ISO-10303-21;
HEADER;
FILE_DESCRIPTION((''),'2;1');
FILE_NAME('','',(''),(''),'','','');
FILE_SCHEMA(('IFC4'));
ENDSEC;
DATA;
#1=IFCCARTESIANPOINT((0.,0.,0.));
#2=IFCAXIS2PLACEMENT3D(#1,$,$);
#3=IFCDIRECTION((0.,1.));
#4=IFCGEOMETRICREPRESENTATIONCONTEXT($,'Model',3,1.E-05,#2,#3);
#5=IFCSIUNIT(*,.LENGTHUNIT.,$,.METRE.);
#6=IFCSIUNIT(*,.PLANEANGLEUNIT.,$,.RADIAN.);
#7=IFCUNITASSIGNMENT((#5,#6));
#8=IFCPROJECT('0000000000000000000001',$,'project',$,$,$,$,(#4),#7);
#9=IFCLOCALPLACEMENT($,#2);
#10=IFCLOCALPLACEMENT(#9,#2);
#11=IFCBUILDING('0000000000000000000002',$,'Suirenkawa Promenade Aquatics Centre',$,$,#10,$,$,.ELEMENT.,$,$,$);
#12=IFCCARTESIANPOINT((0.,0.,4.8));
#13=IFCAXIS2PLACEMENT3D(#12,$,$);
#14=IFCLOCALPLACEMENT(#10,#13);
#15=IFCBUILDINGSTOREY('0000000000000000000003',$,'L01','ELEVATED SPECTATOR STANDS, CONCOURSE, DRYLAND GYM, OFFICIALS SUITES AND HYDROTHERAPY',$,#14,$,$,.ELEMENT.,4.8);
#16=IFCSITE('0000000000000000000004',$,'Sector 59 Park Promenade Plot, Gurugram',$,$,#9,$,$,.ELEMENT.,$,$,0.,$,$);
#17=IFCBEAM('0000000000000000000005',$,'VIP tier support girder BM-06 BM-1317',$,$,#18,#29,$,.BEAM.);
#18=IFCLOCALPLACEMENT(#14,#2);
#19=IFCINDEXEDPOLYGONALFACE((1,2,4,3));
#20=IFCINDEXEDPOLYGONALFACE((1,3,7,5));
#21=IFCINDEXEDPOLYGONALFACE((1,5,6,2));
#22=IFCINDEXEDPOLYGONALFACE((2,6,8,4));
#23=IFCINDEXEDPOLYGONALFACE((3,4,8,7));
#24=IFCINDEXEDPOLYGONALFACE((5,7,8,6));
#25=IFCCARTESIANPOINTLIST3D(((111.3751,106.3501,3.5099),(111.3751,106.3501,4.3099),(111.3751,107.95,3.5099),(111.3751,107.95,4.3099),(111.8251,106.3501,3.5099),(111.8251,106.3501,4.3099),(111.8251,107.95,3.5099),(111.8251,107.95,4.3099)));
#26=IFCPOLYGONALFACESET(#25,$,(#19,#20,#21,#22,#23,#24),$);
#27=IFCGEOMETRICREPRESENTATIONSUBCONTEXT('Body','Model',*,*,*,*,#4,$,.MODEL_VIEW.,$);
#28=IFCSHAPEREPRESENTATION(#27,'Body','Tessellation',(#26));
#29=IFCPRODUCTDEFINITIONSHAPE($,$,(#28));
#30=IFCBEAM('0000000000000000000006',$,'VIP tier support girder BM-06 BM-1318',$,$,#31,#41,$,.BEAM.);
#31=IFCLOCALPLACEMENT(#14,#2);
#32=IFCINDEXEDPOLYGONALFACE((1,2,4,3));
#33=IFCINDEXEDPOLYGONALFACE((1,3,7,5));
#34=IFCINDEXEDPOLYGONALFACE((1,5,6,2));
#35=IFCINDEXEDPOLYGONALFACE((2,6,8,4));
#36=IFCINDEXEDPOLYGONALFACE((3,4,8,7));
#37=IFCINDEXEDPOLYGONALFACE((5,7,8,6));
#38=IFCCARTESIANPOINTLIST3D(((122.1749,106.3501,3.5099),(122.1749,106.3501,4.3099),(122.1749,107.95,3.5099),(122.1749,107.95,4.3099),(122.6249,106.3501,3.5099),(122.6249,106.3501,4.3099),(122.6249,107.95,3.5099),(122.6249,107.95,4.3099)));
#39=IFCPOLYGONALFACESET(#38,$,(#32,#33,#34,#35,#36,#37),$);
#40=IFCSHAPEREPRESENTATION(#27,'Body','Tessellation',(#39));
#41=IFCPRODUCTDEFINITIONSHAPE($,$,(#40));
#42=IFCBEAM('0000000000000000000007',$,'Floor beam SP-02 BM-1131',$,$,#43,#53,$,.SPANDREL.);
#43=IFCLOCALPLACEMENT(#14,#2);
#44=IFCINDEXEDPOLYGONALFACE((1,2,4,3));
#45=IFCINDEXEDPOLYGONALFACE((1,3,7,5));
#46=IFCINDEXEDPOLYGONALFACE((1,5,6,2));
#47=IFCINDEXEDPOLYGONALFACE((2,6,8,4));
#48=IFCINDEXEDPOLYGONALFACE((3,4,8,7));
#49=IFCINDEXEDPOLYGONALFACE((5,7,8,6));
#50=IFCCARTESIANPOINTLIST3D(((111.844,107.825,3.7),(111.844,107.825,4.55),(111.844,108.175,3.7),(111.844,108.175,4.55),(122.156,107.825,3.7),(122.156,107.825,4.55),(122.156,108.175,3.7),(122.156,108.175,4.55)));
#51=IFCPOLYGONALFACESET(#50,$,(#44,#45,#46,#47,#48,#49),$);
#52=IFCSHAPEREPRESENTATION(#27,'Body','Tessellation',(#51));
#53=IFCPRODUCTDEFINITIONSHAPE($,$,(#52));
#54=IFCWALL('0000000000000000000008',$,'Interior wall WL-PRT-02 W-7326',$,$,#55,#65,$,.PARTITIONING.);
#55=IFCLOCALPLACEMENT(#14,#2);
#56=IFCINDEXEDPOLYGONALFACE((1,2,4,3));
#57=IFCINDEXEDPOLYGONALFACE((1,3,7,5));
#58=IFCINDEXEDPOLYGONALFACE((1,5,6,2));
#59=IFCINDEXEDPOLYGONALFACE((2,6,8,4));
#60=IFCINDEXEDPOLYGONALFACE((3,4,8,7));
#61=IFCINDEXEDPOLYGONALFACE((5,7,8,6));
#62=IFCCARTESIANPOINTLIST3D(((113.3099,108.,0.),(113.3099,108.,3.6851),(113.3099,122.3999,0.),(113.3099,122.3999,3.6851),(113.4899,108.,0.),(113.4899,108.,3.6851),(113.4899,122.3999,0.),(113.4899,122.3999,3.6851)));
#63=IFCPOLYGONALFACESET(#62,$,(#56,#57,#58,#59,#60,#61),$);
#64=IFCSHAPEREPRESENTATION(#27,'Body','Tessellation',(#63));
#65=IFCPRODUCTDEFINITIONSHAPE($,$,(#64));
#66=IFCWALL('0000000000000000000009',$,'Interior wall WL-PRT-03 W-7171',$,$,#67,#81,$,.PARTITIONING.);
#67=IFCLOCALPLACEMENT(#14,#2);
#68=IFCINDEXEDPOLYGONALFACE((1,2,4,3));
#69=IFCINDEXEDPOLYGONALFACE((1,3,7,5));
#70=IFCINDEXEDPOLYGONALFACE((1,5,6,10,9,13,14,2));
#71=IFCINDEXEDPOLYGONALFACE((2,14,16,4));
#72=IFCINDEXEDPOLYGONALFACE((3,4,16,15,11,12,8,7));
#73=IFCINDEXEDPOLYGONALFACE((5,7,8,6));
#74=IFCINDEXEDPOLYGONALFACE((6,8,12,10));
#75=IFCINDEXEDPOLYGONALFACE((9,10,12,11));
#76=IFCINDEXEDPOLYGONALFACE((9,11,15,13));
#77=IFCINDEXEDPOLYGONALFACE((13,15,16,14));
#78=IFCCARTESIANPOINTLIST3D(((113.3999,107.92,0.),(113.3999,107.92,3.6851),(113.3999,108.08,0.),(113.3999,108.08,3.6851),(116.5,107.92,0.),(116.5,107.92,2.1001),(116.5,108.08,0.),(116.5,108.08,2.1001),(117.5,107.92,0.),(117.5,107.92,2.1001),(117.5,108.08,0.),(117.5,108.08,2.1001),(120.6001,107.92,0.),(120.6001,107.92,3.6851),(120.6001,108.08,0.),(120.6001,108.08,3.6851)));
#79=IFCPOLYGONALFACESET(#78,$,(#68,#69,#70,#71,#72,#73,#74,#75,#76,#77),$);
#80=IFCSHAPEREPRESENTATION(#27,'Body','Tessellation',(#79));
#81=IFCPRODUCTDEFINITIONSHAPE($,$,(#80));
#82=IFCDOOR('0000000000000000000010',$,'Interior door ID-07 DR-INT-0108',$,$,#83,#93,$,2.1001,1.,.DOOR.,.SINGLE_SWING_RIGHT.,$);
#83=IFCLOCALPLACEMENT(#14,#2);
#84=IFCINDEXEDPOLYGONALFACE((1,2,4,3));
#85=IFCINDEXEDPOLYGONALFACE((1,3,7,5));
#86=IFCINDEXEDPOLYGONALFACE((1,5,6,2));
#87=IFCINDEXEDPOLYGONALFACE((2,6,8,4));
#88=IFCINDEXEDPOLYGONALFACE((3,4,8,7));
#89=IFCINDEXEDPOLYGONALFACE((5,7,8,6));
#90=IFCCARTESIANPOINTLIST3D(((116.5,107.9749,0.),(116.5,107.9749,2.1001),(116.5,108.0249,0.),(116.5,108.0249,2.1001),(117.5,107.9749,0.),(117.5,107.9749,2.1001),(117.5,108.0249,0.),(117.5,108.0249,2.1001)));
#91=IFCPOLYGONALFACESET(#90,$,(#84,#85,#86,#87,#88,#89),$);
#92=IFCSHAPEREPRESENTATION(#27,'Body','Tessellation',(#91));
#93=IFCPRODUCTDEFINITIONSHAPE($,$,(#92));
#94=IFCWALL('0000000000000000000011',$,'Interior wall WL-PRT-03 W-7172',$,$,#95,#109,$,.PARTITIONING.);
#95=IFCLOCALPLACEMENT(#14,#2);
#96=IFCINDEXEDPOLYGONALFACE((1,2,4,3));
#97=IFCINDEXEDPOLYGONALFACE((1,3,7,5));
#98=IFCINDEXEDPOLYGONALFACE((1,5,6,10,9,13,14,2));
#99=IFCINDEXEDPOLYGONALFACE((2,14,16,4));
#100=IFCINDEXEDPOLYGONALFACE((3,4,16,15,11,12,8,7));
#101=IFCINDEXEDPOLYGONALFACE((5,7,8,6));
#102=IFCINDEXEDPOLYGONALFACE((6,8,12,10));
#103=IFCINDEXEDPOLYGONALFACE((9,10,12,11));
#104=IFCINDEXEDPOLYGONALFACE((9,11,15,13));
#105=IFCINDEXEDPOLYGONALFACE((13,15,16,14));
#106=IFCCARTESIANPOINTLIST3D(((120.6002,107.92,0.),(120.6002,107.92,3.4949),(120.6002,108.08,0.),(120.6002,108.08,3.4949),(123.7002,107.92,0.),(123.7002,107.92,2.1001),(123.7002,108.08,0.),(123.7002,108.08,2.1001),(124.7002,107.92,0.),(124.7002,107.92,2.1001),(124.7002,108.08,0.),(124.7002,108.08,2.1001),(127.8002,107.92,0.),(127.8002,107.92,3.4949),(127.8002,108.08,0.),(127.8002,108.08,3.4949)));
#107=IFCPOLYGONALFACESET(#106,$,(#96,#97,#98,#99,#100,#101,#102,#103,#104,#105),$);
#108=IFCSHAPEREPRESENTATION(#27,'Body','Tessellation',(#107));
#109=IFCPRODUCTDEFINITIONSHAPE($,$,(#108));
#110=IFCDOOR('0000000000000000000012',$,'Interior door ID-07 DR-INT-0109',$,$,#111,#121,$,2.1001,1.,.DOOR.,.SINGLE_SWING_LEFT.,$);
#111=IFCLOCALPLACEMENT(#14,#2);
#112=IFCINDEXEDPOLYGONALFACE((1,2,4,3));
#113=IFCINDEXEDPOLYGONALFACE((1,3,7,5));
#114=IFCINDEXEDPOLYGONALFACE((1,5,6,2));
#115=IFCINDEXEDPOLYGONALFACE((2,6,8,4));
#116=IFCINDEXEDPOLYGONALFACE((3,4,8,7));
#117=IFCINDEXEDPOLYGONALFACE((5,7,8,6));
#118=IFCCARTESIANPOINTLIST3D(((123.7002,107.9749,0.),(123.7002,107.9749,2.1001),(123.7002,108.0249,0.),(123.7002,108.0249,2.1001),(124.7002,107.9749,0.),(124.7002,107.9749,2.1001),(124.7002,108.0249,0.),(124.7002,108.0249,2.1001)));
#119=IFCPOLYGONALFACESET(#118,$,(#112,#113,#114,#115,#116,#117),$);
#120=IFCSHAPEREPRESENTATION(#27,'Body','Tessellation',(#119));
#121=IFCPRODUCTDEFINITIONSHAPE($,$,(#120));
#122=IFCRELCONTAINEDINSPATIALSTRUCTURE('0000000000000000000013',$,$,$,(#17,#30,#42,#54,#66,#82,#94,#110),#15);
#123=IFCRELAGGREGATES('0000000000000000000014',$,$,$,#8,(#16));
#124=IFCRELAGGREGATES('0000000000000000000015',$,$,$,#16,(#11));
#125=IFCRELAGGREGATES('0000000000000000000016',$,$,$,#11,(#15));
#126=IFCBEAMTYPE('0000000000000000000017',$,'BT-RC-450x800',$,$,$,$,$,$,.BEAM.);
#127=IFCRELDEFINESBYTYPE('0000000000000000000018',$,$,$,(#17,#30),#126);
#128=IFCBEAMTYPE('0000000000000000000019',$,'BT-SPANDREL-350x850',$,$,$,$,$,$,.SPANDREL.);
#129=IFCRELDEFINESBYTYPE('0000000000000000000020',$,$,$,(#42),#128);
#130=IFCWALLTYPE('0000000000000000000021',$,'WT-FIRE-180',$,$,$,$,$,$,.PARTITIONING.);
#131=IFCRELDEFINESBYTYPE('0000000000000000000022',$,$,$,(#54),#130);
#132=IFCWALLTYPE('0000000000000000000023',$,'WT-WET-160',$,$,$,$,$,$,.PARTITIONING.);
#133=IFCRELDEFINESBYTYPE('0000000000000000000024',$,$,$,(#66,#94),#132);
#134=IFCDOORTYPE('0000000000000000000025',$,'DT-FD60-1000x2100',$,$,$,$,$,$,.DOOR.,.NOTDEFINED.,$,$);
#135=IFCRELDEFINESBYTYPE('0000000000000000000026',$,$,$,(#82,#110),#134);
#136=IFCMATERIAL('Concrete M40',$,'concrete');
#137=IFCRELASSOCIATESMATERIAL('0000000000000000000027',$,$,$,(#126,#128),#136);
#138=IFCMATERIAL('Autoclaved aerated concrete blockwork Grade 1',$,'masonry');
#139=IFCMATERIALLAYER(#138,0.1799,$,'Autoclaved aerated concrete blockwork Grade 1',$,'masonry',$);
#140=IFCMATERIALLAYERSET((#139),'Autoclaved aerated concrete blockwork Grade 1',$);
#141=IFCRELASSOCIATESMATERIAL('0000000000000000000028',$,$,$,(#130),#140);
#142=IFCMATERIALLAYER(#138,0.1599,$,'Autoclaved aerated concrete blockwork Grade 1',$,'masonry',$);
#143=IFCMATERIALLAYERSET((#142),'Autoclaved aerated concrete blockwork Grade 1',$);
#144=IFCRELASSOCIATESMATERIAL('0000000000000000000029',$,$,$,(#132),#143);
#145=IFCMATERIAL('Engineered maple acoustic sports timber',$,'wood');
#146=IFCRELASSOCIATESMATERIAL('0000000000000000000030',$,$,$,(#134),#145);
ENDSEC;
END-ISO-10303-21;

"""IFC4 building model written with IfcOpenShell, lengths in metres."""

from ifc_helpers import new_model, si_unit, direction, frame, frame_2d, origin, origin_2d, place, context, subcontext, project, spatial, rectangle, extrude, material, layer, layer_set, material_profile, profile_set, type_object, element, fill, save


model = new_model("IFC4")

# Units and contexts
model_context = context("Model", 3, precision=1e-05, world=origin(), true_north=direction((0.0, 1.0)))
body_context = subcontext(model_context, "Body", "Model", "MODEL_VIEW")
ifc_project = project(units=[si_unit("LENGTHUNIT", "METRE"), si_unit("PLANEANGLEUNIT", "RADIAN")], contexts=[model_context])

# Site, building, storey
site_placement = place(None, origin())
site = spatial("IfcSite", under=ifc_project, at=site_placement, Name="Sector 59 Park Promenade Plot, Gurugram", CompositionType="ELEMENT", RefElevation=0.0)
building_placement = place(site_placement, origin())
building = spatial("IfcBuilding", under=site, at=building_placement, Name="Suirenkawa Promenade Aquatics Centre", CompositionType="ELEMENT")
storey_placement = place(building_placement, frame((0.0, 0.0, 4.8)))
storey = spatial("IfcBuildingStorey", under=building, at=storey_placement, Name="L01", Description="ELEVATED SPECTATOR STANDS, CONCOURSE, DRYLAND GYM, OFFICIALS SUITES AND HYDROTHERAPY", CompositionType="ELEMENT", Elevation=4.8)

# Shared definitions
ifc_material_1 = material(Name="Concrete M40", Category="concrete")

# Beams
ifc_material_profile_1 = material_profile(ifc_material_1, rectangle(XDim=0.45, YDim=0.8, at=origin_2d()), Name="RC BM 450x800", Category="concrete")
ifc_profile_set_1 = profile_set([ifc_material_profile_1], Name="Concrete M40")
beam_type_1 = type_object("IfcBeamType", Name="BT-RC-450x800", PredefinedType="BEAM", material=ifc_profile_set_1)
for number, where, z_axis, x_axis, name in (
    (1, (111.6001, 106.3501, 3.9099), (0.0, 1.0, 0.0), (-1.0, 0.0, 0.0), "VIP tier support girder BM-06 BM-1317"),
    (2, (122.3999, 106.3501, 3.9099), (0.0, 1.0, 0.0), (-1.0, 0.0, 0.0), "VIP tier support girder BM-06 BM-1318"),
):
    element("IfcBeam", number, at=place(storey_placement, frame(where, z_axis=z_axis, x_axis=x_axis)), inside=storey, type_object=beam_type_1, Name=name, PredefinedType="BEAM", context=body_context, shape_type="SweptSolid", body=[
        extrude(rectangle(XDim=0.45, YDim=0.8, at=origin_2d()), origin(), (0.0, 0.0, 1.0), 1.5999),
    ])
ifc_material_profile_2 = material_profile(ifc_material_1, rectangle(XDim=0.3501, YDim=0.8501, at=origin_2d()), Name="RC SPANDREL 350x850", Category="concrete")
ifc_profile_set_2 = profile_set([ifc_material_profile_2], Name="Concrete M40")
beam_type_2 = type_object("IfcBeamType", Name="BT-SPANDREL-350x850", PredefinedType="SPANDREL", material=ifc_profile_set_2)
beam_placement = place(storey_placement, frame((111.844, 108.0, 4.125), z_axis=(1.0, 0.0, 0.0), x_axis=(0.0, 1.0, 0.0)))
element("IfcBeam", 3, at=beam_placement, inside=storey, type_object=beam_type_2, Name="Floor beam SP-02 BM-1131", PredefinedType="SPANDREL", context=body_context, shape_type="SweptSolid", body=[
    extrude(rectangle(XDim=0.3501, YDim=0.8501, at=origin_2d()), origin(), (0.0, 0.0, 1.0), 10.312),
])

# Wall
ifc_material_2 = material(Name="Autoclaved aerated concrete blockwork Grade 1", Category="masonry")
ifc_layer_1 = layer(ifc_material_2, 0.1799, Name="Autoclaved aerated concrete blockwork Grade 1", Category="masonry")
ifc_layer_set_1 = layer_set([ifc_layer_1], Name="Autoclaved aerated concrete blockwork Grade 1")
wall_type_1 = type_object("IfcWallType", Name="WT-FIRE-180", PredefinedType="PARTITIONING", material=ifc_layer_set_1)
wall_1_placement = place(storey_placement, frame((113.3999, 108.0, 0.0), z_axis=(0.0, 0.0, 1.0), x_axis=(0.0, 1.0, 0.0)))
element("IfcWall", 4, at=wall_1_placement, inside=storey, type_object=wall_type_1, Name="Interior wall WL-PRT-02 W-7326", PredefinedType="PARTITIONING", context=body_context, shape_type="SweptSolid", body=[
    extrude(rectangle(XDim=14.3999, YDim=0.1799, at=frame_2d((7.2, 0.0))), origin(), (0.0, 0.0, 1.0), 3.6851),
])

# Walls, openings, doors
ifc_layer_2 = layer(ifc_material_2, 0.1599, Name="Autoclaved aerated concrete blockwork Grade 1", Category="masonry")
ifc_layer_set_2 = layer_set([ifc_layer_2], Name="Autoclaved aerated concrete blockwork Grade 1")
wall_type_2 = type_object("IfcWallType", Name="WT-WET-160", PredefinedType="PARTITIONING", material=ifc_layer_set_2)
wall_2_placement = place(storey_placement, frame((113.3999, 108.0, 0.0), z_axis=(0.0, 0.0, 1.0), x_axis=(1.0, 0.0, 0.0)))
wall_2 = element("IfcWall", 5, at=wall_2_placement, inside=storey, type_object=wall_type_2, Name="Interior wall WL-PRT-03 W-7171", PredefinedType="PARTITIONING", context=body_context, shape_type="SweptSolid", body=[
    extrude(rectangle(XDim=7.2002, YDim=0.1599, at=frame_2d((3.6001, 0.0))), origin(), (0.0, 0.0, 1.0), 3.6851),
])
opening_1_placement = place(wall_2_placement, frame((3.1001, 0.0, 0.0)))
opening_1 = element("IfcOpeningElement", 6, at=opening_1_placement, cuts=wall_2, PredefinedType="OPENING", context=body_context, shape_type="SweptSolid", body=[
    extrude(rectangle(XDim=1.0, YDim=2.1001, at=frame_2d((0.5, 1.05))), frame((0.0, 0.0898, 0.0), z_axis=(0.0, -1.0, 0.0), x_axis=(1.0, 0.0, 0.0)), (0.0, 0.0, 1.0), 0.1799),
])
ifc_material_3 = material(Name="Engineered maple acoustic sports timber", Category="wood")
door_type = type_object("IfcDoorType", Name="DT-FD60-1000x2100", OperationType="NOTDEFINED", PredefinedType="DOOR", material=ifc_material_3)
door_1_placement = place(opening_1_placement, origin())
door_1 = element("IfcDoor", 7, at=door_1_placement, inside=storey, type_object=door_type, Name="Interior door ID-07 DR-INT-0108", OperationType="SINGLE_SWING_RIGHT", OverallHeight=2.1001, OverallWidth=1.0, PredefinedType="DOOR", context=body_context, shape_type="SweptSolid", body=[
    extrude(rectangle(XDim=1.0, YDim=2.1001, at=frame_2d((0.5, 1.05))), frame((0.0, 0.0249, 0.0), z_axis=(0.0, -1.0, 0.0), x_axis=(1.0, 0.0, 0.0)), (0.0, 0.0, 1.0), 0.05),
])
fill(opening_1, door_1)
wall_3_placement = place(storey_placement, frame((120.6001, 108.0, 0.0), z_axis=(0.0, 0.0, 1.0), x_axis=(1.0, 0.0, 0.0)))
wall_3 = element("IfcWall", 8, at=wall_3_placement, inside=storey, type_object=wall_type_2, Name="Interior wall WL-PRT-03 W-7172", PredefinedType="PARTITIONING", context=body_context, shape_type="SweptSolid", body=[
    extrude(rectangle(XDim=7.2, YDim=0.1599, at=frame_2d((3.6001, 0.0))), origin(), (0.0, 0.0, 1.0), 3.4949),
])
opening_2_placement = place(wall_3_placement, frame((3.1001, 0.0, 0.0)))
opening_2 = element("IfcOpeningElement", 9, at=opening_2_placement, cuts=wall_3, PredefinedType="OPENING", context=body_context, shape_type="SweptSolid", body=[
    extrude(rectangle(XDim=1.0, YDim=2.1001, at=frame_2d((0.5, 1.05))), frame((0.0, 0.0898, 0.0), z_axis=(0.0, -1.0, 0.0), x_axis=(1.0, 0.0, 0.0)), (0.0, 0.0, 1.0), 0.1799),
])
door_2_placement = place(opening_2_placement, origin())
door_2 = element("IfcDoor", 10, at=door_2_placement, inside=storey, type_object=door_type, Name="Interior door ID-07 DR-INT-0109", OperationType="SINGLE_SWING_LEFT", OverallHeight=2.1001, OverallWidth=1.0, PredefinedType="DOOR", context=body_context, shape_type="SweptSolid", body=[
    extrude(rectangle(XDim=1.0, YDim=2.1001, at=frame_2d((0.5, 1.05))), frame((0.0, 0.0249, 0.0), z_axis=(0.0, -1.0, 0.0), x_axis=(1.0, 0.0, 0.0)), (0.0, 0.0, 1.0), 0.05),
])
fill(opening_2, door_2)

save(model, "model.ifc")
